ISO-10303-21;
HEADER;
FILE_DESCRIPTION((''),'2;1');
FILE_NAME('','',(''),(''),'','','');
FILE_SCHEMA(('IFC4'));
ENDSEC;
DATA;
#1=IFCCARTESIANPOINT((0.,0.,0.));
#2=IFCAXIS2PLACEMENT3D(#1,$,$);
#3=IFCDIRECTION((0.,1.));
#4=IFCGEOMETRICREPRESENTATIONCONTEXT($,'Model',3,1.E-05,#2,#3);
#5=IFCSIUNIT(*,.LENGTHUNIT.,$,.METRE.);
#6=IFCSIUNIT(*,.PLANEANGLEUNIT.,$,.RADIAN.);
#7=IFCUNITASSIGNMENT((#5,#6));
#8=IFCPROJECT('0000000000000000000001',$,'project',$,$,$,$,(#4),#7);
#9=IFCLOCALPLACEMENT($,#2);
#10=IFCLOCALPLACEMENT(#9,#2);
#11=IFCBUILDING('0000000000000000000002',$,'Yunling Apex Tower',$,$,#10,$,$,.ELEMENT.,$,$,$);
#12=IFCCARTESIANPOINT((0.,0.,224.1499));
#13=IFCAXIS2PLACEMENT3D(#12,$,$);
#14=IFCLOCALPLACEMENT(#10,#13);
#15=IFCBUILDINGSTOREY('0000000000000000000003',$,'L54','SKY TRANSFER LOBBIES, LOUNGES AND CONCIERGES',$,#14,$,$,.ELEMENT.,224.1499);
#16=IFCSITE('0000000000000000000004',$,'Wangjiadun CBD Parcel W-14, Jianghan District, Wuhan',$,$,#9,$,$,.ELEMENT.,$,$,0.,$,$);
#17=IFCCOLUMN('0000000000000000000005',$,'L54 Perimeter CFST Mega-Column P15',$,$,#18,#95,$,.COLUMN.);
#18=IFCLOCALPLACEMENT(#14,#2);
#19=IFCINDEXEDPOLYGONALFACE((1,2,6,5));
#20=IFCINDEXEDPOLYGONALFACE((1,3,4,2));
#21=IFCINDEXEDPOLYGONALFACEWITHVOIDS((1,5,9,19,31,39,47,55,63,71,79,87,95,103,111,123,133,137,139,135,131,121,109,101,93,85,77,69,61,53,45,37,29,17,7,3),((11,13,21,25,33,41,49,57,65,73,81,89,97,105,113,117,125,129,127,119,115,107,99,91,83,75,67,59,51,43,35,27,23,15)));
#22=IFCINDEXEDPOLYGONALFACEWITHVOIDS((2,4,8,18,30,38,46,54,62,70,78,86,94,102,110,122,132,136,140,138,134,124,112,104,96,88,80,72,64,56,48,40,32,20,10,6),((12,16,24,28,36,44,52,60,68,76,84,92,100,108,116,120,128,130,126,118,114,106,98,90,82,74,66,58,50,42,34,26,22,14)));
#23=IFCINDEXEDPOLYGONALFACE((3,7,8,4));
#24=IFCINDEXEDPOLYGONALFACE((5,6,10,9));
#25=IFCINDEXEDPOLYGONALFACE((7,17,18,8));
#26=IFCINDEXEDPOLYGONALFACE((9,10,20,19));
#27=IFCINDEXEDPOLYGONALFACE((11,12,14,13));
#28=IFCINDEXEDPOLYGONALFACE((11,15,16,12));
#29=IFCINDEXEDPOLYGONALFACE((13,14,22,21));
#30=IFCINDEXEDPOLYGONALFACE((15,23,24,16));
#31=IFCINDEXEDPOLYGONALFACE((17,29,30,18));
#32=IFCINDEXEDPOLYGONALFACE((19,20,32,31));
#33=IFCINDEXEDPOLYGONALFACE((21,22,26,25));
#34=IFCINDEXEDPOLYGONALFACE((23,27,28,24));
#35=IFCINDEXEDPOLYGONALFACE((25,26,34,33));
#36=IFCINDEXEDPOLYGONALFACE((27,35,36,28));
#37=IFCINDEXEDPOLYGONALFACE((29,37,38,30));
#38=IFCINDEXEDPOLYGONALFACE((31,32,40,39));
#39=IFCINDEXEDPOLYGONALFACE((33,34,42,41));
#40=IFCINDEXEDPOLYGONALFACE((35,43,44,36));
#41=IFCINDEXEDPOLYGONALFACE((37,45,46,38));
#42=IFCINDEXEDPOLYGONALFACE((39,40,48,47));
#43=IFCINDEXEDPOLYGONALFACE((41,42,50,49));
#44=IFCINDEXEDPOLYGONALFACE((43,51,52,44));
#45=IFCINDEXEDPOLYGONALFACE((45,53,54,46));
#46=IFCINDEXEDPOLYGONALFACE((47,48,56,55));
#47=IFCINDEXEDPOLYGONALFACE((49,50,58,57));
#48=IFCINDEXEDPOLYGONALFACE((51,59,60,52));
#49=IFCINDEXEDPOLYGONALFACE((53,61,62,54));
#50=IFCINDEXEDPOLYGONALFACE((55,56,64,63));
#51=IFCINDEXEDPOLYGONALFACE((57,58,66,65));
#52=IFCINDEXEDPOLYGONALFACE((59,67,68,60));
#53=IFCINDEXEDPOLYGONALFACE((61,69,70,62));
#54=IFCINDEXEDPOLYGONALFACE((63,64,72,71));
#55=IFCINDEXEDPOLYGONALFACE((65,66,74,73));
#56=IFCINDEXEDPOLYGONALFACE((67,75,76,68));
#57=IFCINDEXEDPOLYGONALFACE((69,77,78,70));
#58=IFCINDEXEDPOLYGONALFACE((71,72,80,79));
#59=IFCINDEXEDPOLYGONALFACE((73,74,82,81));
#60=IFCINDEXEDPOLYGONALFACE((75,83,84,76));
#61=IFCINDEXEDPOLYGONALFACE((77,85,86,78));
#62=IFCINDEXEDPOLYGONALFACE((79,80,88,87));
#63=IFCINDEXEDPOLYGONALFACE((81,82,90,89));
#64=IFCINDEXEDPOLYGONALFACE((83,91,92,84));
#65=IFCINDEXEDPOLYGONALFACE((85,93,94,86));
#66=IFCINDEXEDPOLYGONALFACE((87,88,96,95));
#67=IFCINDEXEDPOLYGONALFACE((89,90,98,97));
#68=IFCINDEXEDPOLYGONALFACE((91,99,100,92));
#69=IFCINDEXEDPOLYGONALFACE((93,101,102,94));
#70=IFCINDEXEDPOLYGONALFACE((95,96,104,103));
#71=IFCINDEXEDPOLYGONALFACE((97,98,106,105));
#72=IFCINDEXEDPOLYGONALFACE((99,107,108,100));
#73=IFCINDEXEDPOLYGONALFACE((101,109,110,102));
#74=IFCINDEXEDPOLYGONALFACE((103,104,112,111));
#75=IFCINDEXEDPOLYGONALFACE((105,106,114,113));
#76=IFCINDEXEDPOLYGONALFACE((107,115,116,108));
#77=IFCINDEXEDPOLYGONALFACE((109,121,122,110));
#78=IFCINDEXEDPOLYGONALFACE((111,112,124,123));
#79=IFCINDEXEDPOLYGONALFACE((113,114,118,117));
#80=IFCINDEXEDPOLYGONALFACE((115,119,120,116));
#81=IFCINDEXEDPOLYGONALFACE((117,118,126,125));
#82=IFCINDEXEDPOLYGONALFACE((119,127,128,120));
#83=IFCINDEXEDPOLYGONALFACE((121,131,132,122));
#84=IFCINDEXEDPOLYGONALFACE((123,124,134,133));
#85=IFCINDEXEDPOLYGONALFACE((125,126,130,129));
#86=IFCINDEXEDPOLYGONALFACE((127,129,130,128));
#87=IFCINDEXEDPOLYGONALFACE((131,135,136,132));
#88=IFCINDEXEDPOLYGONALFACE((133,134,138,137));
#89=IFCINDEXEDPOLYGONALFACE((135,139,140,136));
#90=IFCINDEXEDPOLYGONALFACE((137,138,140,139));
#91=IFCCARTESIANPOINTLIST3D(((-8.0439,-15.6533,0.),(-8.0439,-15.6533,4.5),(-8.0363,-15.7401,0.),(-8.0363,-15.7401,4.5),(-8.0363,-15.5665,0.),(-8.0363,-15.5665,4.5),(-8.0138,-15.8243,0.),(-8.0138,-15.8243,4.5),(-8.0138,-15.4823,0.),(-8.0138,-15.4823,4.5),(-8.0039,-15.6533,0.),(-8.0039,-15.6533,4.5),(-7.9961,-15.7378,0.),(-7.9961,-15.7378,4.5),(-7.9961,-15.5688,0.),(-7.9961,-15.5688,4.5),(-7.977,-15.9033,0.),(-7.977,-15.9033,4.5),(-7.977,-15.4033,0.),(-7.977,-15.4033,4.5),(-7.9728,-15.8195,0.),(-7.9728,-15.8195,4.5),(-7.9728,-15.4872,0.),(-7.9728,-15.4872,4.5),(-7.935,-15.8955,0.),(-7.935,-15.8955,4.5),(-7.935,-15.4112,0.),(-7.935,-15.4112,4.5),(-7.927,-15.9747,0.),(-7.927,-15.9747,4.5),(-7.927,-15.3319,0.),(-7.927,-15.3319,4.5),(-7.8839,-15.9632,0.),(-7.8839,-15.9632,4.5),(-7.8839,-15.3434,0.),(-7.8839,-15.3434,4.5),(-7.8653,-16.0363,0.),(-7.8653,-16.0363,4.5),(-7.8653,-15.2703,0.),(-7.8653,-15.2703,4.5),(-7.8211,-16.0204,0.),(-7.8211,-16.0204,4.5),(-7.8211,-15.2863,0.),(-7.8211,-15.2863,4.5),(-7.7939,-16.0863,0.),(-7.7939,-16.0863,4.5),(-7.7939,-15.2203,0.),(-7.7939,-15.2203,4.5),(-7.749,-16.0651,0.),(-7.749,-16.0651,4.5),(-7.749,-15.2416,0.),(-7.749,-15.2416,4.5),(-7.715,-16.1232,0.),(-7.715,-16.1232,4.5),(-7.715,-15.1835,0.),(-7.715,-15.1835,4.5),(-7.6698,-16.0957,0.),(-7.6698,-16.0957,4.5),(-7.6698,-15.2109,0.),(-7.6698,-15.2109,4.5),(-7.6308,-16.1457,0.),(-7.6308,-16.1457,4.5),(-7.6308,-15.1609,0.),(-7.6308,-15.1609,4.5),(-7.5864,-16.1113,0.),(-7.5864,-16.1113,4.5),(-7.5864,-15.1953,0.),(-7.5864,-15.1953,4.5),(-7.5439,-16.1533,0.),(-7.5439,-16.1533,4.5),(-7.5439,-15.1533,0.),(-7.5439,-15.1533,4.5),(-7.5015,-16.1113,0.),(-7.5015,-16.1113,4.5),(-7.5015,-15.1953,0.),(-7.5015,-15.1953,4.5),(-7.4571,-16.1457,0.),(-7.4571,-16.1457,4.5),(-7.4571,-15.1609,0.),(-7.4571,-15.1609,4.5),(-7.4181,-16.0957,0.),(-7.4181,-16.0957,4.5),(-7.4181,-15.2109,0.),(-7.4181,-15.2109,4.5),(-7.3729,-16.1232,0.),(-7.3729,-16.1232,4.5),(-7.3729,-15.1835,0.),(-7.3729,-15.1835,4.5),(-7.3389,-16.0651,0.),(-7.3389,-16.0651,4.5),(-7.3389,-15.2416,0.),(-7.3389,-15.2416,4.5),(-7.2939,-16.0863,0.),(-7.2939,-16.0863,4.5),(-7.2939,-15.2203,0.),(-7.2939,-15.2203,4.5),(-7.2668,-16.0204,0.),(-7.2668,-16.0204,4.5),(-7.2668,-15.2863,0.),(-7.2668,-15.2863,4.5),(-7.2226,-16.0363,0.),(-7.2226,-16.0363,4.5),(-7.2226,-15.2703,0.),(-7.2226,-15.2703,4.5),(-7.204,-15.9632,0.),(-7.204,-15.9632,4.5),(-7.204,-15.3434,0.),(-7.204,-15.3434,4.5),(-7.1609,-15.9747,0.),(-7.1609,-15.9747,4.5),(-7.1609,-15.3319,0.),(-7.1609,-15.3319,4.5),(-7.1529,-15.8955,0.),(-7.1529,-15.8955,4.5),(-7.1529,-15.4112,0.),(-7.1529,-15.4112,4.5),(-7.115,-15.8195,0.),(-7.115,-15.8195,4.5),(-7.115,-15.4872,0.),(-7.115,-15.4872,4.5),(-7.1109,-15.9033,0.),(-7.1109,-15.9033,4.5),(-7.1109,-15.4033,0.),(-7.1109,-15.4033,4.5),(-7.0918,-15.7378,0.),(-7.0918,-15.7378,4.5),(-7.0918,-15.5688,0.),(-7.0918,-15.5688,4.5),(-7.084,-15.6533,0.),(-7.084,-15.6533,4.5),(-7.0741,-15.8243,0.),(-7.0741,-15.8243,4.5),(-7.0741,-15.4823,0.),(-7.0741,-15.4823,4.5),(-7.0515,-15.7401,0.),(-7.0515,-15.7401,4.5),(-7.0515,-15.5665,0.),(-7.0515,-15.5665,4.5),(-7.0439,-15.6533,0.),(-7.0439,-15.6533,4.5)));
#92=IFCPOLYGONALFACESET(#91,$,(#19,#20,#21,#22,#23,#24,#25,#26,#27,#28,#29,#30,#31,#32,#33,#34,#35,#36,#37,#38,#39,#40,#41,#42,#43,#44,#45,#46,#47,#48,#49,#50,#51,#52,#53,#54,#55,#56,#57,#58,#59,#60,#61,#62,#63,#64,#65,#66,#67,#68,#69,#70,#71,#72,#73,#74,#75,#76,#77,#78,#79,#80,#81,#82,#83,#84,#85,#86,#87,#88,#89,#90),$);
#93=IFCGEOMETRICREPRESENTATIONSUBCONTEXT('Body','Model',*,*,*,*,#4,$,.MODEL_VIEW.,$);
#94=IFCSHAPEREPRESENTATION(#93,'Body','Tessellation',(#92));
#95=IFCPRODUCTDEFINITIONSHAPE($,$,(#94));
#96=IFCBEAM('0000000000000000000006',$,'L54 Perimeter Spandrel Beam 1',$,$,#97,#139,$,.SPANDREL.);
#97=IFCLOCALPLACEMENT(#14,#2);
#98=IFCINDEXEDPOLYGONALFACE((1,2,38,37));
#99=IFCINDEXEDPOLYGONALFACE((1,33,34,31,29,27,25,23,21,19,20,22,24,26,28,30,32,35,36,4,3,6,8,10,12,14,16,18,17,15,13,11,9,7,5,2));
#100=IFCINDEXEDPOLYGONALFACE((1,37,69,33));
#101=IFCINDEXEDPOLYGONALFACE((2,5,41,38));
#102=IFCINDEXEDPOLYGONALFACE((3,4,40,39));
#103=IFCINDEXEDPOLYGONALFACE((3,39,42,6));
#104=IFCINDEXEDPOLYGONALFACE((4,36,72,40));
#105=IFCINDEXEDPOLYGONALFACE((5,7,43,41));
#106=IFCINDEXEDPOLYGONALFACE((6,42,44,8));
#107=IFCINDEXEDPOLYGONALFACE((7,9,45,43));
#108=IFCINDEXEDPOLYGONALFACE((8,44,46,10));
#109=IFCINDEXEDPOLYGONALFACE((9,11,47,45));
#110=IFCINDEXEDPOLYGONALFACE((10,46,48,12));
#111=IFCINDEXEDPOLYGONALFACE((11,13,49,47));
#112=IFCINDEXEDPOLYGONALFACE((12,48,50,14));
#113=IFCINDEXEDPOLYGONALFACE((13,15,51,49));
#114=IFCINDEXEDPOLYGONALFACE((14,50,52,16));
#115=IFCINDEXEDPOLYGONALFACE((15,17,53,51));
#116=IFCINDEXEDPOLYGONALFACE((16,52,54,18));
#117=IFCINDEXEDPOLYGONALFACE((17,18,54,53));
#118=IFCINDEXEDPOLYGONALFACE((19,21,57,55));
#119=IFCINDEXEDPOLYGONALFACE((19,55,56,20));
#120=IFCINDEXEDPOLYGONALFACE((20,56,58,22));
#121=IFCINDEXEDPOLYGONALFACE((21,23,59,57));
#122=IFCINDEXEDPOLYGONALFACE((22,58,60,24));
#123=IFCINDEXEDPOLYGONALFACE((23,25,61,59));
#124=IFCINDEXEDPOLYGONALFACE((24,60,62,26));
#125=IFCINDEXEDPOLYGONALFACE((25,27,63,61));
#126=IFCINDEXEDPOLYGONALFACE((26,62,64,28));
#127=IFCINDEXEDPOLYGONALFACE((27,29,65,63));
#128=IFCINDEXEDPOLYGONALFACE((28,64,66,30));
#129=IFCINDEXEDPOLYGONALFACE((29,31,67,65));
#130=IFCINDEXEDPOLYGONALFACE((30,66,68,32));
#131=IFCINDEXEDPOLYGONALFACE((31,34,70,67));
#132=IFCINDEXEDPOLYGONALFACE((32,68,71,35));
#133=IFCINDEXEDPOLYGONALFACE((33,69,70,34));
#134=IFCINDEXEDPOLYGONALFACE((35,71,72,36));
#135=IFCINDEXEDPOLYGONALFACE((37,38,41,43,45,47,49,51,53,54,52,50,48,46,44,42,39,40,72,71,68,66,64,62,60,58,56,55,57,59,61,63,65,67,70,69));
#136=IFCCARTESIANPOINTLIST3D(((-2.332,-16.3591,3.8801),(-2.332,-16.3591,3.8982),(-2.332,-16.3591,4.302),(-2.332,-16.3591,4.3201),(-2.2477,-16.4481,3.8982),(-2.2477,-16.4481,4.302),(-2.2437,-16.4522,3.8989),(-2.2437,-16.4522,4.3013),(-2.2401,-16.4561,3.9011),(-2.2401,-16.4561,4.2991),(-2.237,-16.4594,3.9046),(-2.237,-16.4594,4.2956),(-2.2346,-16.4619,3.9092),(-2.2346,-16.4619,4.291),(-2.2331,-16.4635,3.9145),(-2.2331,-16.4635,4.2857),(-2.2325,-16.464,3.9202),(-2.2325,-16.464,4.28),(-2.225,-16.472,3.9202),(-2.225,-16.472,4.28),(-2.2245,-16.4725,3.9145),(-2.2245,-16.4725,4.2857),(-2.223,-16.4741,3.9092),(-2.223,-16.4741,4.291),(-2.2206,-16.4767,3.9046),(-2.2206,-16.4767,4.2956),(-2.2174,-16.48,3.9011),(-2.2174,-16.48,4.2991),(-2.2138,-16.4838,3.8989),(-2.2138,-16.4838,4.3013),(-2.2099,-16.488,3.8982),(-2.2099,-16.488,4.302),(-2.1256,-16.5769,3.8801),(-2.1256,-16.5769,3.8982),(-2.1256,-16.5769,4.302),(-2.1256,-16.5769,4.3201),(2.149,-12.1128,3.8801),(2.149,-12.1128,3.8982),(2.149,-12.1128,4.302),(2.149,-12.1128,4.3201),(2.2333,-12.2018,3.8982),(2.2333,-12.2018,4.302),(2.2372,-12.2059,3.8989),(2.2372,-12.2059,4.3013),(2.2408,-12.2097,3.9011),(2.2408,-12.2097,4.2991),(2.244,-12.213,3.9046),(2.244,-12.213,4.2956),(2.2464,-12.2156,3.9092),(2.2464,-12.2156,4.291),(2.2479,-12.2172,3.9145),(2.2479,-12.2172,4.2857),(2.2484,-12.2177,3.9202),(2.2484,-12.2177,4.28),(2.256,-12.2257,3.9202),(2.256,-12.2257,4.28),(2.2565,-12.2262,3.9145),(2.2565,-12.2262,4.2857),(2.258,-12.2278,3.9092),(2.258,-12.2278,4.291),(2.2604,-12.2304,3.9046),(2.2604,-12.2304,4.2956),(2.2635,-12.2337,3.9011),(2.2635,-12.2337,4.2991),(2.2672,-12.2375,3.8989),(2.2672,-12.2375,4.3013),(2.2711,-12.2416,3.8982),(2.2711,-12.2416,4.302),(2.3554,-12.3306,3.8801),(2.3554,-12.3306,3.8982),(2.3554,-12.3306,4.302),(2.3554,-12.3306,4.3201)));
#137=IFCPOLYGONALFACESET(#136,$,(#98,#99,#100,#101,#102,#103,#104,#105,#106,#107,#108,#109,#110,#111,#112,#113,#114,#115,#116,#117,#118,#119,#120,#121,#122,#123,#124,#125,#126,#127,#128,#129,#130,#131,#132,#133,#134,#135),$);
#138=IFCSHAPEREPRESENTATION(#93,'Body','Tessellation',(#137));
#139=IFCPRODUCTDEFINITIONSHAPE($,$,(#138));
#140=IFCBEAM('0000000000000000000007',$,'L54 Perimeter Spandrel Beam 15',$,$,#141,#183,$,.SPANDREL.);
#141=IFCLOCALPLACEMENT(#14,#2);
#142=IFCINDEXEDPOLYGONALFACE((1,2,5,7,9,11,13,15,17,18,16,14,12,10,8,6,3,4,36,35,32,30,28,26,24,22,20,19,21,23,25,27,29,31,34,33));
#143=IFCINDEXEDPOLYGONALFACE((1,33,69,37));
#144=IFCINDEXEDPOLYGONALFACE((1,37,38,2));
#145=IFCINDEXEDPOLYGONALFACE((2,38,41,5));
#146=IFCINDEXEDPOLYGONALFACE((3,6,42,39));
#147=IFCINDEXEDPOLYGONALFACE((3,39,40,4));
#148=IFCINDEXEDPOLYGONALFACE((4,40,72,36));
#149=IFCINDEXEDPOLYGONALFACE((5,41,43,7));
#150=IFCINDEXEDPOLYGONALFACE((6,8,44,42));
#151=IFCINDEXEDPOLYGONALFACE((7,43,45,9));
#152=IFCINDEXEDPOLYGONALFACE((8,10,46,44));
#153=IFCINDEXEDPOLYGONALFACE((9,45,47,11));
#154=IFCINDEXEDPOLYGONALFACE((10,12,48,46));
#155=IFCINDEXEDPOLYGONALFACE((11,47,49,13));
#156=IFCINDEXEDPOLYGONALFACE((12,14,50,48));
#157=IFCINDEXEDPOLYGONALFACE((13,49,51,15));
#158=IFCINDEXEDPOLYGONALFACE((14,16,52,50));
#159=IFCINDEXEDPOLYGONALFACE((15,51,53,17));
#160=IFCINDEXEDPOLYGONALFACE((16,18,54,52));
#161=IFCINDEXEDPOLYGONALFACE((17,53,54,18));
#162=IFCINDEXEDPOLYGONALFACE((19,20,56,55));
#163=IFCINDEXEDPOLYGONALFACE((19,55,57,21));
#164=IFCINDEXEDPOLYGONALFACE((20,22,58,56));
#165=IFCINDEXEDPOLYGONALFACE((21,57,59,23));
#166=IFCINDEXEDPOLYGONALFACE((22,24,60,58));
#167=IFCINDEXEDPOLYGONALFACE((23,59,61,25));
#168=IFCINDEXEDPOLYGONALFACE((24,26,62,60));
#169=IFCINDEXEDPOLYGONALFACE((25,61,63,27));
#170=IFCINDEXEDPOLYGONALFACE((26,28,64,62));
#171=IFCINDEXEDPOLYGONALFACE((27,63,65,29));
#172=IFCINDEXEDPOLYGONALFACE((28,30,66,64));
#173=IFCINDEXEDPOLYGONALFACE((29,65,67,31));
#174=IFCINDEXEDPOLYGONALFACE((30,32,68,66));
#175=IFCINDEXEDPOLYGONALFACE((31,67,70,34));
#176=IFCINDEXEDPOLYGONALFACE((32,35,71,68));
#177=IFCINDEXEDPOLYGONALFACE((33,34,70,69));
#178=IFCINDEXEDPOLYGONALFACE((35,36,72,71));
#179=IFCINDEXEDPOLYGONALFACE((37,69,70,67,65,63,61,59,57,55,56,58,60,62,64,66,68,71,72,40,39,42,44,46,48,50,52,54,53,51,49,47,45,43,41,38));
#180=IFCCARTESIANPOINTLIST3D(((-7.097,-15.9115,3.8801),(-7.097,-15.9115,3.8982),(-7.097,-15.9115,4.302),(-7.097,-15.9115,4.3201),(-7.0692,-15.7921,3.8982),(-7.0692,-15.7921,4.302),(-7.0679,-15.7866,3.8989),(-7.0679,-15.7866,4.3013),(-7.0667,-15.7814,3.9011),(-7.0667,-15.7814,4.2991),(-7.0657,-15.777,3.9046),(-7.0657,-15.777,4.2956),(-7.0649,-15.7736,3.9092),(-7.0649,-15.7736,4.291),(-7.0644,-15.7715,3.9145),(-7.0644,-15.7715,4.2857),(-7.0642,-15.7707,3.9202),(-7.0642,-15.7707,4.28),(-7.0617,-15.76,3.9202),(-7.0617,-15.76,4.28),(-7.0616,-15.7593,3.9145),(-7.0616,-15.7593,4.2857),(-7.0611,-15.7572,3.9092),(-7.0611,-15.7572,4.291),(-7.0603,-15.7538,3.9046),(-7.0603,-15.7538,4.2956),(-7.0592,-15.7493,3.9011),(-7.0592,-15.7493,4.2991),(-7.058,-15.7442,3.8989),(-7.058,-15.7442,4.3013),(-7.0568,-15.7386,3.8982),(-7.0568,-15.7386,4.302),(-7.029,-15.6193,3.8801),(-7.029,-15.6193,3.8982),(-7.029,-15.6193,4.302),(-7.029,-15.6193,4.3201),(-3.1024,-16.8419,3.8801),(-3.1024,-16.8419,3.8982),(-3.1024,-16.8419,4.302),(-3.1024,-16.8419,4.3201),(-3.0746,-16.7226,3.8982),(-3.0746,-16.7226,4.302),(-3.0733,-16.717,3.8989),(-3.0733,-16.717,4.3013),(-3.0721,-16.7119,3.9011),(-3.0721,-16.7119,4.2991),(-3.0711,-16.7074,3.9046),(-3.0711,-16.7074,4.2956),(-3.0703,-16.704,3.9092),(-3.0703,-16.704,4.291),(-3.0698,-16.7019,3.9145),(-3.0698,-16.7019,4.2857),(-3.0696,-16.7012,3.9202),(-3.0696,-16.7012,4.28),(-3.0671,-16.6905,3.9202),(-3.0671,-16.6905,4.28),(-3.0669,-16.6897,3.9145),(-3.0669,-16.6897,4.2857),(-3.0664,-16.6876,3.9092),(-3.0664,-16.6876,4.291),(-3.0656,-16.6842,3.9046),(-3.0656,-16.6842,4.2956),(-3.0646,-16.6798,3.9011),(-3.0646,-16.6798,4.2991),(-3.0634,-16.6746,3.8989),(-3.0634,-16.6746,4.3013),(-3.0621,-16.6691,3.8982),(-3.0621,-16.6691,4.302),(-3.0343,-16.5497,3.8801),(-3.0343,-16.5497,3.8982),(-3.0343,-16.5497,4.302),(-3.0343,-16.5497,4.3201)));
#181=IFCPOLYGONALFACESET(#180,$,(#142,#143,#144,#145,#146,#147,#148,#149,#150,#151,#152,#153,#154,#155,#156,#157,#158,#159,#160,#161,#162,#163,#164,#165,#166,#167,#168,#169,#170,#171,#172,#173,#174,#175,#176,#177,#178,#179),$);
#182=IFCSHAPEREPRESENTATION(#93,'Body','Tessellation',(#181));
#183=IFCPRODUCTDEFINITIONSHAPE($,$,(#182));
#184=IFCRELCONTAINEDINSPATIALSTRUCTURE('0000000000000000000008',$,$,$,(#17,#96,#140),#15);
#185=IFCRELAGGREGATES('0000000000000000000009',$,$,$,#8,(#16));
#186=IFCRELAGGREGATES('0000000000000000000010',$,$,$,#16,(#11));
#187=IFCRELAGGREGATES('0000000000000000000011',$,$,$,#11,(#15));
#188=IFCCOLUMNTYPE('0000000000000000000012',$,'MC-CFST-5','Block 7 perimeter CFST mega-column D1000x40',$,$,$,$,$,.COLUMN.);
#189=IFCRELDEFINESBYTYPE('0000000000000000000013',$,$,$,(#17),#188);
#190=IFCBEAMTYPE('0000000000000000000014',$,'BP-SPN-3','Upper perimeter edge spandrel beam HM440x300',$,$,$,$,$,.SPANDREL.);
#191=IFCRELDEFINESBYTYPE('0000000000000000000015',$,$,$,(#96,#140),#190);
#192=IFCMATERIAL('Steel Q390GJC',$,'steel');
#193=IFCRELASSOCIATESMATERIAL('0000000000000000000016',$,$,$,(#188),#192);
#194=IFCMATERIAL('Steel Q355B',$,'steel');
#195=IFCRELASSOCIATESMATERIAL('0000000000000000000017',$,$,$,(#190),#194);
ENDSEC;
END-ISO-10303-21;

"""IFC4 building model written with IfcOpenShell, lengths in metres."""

from ifc_helpers import new_model, si_unit, direction, frame, origin, origin_2d, place, context, subcontext, project, spatial, hollow_circle, i_section, extrude, source, transform, mapped, material, material_profile, profile_set, type_object, element, save


model = new_model("IFC4")

# Units and contexts
model_context = context("Model", 3, precision=1e-05, world=origin(), true_north=direction((0.0, 1.0)))
body_context = subcontext(model_context, "Body", "Model", "MODEL_VIEW")
ifc_project = project(units=[si_unit("LENGTHUNIT", "METRE"), si_unit("PLANEANGLEUNIT", "RADIAN")], contexts=[model_context])

# Site, building, storey
site_placement = place(None, origin())
site = spatial("IfcSite", under=ifc_project, at=site_placement, Name="Wangjiadun CBD Parcel W-14, Jianghan District, Wuhan", CompositionType="ELEMENT", RefElevation=0.0)
building_placement = place(site_placement, origin())
building = spatial("IfcBuilding", under=site, at=building_placement, Name="Yunling Apex Tower", CompositionType="ELEMENT")
storey_placement = place(building_placement, frame((0.0, 0.0, 224.1499)))
storey = spatial("IfcBuildingStorey", under=building, at=storey_placement, Name="L54", Description="SKY TRANSFER LOBBIES, LOUNGES AND CONCIERGES", CompositionType="ELEMENT", Elevation=224.1499)

# Column
ifc_material_1 = material(Name="Steel Q390GJC", Category="steel")
ifc_material_profile_1 = material_profile(ifc_material_1, hollow_circle(Radius=0.5, WallThickness=0.04, at=origin_2d()))
ifc_profile_set_1 = profile_set([ifc_material_profile_1], Name="Steel Q390GJC")
column_type = type_object("IfcColumnType", Name="MC-CFST-5", Description="Block 7 perimeter CFST mega-column D1000x40", PredefinedType="COLUMN", material=ifc_profile_set_1)
shared_shape_1 = source(origin(), body_context, "Body", "SweptSolid", [
    extrude(hollow_circle(Radius=0.5, WallThickness=0.04, at=origin_2d()), origin(), (0.0, 0.0, 1.0), 4.5),
])
for number, where, z_axis, x_axis, name in (
    (1, (-7.5439, -15.6533, 0.0), (0.0, 0.0, 1.0), (1.0, 0.0, 0.0), "L54 Perimeter CFST Mega-Column P15"),
):
    element("IfcColumn", number, at=place(storey_placement, frame(where, z_axis=z_axis, x_axis=x_axis)), inside=storey, type_object=column_type, Name=name, PredefinedType="COLUMN", context=body_context, shape_type="MappedRepresentation", body=[
        mapped(shared_shape_1, transform((0.0, 0.0, 0.0), scale=1.0)),
    ])

# Beams
ifc_material_2 = material(Name="Steel Q355B", Category="steel")
ifc_material_profile_2 = material_profile(ifc_material_2, i_section(OverallWidth=0.3, OverallDepth=0.4399, WebThickness=0.011, FlangeThickness=0.0181, FilletRadius=0.022, at=origin_2d()))
ifc_profile_set_2 = profile_set([ifc_material_profile_2], Name="Steel Q355B")
beam_type_1 = type_object("IfcBeamType", Name="BP-SPN-3", Description="Upper perimeter edge spandrel beam HM440x300", PredefinedType="SPANDREL", material=ifc_profile_set_2)
shared_shape_2 = source(origin(), body_context, "Body", "SweptSolid", [
    extrude(i_section(OverallWidth=0.3, OverallDepth=0.4399, WebThickness=0.011, FlangeThickness=0.0181, FilletRadius=0.022, at=origin_2d()), origin(), (0.0, 0.0, 1.0), 6.1733),
])
beam_1_placement = place(storey_placement, frame((-2.2288, -16.468, 4.1001), z_axis=(0.725854, 0.687849, 0.0), x_axis=(-0.687849, 0.725854, 0.0)))
element("IfcBeam", 2, at=beam_1_placement, inside=storey, type_object=beam_type_1, Name="L54 Perimeter Spandrel Beam 1", PredefinedType="SPANDREL", context=body_context, shape_type="MappedRepresentation", body=[
    mapped(shared_shape_2, transform((0.0, 0.0, 0.0), scale=1.0)),
])
shared_shape_3 = source(origin(), body_context, "Body", "SweptSolid", [
    extrude(i_section(OverallWidth=0.3, OverallDepth=0.4399, WebThickness=0.011, FlangeThickness=0.0181, FilletRadius=0.022, at=origin_2d()), origin(), (0.0, 0.0, 1.0), 4.1016),
])
beam_2_placement = place(storey_placement, frame((-7.063, -15.7654, 4.1001), z_axis=(0.973931, -0.226846, 0.0), x_axis=(0.226846, 0.973931, 0.0)))
element("IfcBeam", 3, at=beam_2_placement, inside=storey, type_object=beam_type_1, Name="L54 Perimeter Spandrel Beam 15", PredefinedType="SPANDREL", context=body_context, shape_type="MappedRepresentation", body=[
    mapped(shared_shape_3, transform((0.0, 0.0, 0.0), scale=1.0)),
])

save(model, "model.ifc")
